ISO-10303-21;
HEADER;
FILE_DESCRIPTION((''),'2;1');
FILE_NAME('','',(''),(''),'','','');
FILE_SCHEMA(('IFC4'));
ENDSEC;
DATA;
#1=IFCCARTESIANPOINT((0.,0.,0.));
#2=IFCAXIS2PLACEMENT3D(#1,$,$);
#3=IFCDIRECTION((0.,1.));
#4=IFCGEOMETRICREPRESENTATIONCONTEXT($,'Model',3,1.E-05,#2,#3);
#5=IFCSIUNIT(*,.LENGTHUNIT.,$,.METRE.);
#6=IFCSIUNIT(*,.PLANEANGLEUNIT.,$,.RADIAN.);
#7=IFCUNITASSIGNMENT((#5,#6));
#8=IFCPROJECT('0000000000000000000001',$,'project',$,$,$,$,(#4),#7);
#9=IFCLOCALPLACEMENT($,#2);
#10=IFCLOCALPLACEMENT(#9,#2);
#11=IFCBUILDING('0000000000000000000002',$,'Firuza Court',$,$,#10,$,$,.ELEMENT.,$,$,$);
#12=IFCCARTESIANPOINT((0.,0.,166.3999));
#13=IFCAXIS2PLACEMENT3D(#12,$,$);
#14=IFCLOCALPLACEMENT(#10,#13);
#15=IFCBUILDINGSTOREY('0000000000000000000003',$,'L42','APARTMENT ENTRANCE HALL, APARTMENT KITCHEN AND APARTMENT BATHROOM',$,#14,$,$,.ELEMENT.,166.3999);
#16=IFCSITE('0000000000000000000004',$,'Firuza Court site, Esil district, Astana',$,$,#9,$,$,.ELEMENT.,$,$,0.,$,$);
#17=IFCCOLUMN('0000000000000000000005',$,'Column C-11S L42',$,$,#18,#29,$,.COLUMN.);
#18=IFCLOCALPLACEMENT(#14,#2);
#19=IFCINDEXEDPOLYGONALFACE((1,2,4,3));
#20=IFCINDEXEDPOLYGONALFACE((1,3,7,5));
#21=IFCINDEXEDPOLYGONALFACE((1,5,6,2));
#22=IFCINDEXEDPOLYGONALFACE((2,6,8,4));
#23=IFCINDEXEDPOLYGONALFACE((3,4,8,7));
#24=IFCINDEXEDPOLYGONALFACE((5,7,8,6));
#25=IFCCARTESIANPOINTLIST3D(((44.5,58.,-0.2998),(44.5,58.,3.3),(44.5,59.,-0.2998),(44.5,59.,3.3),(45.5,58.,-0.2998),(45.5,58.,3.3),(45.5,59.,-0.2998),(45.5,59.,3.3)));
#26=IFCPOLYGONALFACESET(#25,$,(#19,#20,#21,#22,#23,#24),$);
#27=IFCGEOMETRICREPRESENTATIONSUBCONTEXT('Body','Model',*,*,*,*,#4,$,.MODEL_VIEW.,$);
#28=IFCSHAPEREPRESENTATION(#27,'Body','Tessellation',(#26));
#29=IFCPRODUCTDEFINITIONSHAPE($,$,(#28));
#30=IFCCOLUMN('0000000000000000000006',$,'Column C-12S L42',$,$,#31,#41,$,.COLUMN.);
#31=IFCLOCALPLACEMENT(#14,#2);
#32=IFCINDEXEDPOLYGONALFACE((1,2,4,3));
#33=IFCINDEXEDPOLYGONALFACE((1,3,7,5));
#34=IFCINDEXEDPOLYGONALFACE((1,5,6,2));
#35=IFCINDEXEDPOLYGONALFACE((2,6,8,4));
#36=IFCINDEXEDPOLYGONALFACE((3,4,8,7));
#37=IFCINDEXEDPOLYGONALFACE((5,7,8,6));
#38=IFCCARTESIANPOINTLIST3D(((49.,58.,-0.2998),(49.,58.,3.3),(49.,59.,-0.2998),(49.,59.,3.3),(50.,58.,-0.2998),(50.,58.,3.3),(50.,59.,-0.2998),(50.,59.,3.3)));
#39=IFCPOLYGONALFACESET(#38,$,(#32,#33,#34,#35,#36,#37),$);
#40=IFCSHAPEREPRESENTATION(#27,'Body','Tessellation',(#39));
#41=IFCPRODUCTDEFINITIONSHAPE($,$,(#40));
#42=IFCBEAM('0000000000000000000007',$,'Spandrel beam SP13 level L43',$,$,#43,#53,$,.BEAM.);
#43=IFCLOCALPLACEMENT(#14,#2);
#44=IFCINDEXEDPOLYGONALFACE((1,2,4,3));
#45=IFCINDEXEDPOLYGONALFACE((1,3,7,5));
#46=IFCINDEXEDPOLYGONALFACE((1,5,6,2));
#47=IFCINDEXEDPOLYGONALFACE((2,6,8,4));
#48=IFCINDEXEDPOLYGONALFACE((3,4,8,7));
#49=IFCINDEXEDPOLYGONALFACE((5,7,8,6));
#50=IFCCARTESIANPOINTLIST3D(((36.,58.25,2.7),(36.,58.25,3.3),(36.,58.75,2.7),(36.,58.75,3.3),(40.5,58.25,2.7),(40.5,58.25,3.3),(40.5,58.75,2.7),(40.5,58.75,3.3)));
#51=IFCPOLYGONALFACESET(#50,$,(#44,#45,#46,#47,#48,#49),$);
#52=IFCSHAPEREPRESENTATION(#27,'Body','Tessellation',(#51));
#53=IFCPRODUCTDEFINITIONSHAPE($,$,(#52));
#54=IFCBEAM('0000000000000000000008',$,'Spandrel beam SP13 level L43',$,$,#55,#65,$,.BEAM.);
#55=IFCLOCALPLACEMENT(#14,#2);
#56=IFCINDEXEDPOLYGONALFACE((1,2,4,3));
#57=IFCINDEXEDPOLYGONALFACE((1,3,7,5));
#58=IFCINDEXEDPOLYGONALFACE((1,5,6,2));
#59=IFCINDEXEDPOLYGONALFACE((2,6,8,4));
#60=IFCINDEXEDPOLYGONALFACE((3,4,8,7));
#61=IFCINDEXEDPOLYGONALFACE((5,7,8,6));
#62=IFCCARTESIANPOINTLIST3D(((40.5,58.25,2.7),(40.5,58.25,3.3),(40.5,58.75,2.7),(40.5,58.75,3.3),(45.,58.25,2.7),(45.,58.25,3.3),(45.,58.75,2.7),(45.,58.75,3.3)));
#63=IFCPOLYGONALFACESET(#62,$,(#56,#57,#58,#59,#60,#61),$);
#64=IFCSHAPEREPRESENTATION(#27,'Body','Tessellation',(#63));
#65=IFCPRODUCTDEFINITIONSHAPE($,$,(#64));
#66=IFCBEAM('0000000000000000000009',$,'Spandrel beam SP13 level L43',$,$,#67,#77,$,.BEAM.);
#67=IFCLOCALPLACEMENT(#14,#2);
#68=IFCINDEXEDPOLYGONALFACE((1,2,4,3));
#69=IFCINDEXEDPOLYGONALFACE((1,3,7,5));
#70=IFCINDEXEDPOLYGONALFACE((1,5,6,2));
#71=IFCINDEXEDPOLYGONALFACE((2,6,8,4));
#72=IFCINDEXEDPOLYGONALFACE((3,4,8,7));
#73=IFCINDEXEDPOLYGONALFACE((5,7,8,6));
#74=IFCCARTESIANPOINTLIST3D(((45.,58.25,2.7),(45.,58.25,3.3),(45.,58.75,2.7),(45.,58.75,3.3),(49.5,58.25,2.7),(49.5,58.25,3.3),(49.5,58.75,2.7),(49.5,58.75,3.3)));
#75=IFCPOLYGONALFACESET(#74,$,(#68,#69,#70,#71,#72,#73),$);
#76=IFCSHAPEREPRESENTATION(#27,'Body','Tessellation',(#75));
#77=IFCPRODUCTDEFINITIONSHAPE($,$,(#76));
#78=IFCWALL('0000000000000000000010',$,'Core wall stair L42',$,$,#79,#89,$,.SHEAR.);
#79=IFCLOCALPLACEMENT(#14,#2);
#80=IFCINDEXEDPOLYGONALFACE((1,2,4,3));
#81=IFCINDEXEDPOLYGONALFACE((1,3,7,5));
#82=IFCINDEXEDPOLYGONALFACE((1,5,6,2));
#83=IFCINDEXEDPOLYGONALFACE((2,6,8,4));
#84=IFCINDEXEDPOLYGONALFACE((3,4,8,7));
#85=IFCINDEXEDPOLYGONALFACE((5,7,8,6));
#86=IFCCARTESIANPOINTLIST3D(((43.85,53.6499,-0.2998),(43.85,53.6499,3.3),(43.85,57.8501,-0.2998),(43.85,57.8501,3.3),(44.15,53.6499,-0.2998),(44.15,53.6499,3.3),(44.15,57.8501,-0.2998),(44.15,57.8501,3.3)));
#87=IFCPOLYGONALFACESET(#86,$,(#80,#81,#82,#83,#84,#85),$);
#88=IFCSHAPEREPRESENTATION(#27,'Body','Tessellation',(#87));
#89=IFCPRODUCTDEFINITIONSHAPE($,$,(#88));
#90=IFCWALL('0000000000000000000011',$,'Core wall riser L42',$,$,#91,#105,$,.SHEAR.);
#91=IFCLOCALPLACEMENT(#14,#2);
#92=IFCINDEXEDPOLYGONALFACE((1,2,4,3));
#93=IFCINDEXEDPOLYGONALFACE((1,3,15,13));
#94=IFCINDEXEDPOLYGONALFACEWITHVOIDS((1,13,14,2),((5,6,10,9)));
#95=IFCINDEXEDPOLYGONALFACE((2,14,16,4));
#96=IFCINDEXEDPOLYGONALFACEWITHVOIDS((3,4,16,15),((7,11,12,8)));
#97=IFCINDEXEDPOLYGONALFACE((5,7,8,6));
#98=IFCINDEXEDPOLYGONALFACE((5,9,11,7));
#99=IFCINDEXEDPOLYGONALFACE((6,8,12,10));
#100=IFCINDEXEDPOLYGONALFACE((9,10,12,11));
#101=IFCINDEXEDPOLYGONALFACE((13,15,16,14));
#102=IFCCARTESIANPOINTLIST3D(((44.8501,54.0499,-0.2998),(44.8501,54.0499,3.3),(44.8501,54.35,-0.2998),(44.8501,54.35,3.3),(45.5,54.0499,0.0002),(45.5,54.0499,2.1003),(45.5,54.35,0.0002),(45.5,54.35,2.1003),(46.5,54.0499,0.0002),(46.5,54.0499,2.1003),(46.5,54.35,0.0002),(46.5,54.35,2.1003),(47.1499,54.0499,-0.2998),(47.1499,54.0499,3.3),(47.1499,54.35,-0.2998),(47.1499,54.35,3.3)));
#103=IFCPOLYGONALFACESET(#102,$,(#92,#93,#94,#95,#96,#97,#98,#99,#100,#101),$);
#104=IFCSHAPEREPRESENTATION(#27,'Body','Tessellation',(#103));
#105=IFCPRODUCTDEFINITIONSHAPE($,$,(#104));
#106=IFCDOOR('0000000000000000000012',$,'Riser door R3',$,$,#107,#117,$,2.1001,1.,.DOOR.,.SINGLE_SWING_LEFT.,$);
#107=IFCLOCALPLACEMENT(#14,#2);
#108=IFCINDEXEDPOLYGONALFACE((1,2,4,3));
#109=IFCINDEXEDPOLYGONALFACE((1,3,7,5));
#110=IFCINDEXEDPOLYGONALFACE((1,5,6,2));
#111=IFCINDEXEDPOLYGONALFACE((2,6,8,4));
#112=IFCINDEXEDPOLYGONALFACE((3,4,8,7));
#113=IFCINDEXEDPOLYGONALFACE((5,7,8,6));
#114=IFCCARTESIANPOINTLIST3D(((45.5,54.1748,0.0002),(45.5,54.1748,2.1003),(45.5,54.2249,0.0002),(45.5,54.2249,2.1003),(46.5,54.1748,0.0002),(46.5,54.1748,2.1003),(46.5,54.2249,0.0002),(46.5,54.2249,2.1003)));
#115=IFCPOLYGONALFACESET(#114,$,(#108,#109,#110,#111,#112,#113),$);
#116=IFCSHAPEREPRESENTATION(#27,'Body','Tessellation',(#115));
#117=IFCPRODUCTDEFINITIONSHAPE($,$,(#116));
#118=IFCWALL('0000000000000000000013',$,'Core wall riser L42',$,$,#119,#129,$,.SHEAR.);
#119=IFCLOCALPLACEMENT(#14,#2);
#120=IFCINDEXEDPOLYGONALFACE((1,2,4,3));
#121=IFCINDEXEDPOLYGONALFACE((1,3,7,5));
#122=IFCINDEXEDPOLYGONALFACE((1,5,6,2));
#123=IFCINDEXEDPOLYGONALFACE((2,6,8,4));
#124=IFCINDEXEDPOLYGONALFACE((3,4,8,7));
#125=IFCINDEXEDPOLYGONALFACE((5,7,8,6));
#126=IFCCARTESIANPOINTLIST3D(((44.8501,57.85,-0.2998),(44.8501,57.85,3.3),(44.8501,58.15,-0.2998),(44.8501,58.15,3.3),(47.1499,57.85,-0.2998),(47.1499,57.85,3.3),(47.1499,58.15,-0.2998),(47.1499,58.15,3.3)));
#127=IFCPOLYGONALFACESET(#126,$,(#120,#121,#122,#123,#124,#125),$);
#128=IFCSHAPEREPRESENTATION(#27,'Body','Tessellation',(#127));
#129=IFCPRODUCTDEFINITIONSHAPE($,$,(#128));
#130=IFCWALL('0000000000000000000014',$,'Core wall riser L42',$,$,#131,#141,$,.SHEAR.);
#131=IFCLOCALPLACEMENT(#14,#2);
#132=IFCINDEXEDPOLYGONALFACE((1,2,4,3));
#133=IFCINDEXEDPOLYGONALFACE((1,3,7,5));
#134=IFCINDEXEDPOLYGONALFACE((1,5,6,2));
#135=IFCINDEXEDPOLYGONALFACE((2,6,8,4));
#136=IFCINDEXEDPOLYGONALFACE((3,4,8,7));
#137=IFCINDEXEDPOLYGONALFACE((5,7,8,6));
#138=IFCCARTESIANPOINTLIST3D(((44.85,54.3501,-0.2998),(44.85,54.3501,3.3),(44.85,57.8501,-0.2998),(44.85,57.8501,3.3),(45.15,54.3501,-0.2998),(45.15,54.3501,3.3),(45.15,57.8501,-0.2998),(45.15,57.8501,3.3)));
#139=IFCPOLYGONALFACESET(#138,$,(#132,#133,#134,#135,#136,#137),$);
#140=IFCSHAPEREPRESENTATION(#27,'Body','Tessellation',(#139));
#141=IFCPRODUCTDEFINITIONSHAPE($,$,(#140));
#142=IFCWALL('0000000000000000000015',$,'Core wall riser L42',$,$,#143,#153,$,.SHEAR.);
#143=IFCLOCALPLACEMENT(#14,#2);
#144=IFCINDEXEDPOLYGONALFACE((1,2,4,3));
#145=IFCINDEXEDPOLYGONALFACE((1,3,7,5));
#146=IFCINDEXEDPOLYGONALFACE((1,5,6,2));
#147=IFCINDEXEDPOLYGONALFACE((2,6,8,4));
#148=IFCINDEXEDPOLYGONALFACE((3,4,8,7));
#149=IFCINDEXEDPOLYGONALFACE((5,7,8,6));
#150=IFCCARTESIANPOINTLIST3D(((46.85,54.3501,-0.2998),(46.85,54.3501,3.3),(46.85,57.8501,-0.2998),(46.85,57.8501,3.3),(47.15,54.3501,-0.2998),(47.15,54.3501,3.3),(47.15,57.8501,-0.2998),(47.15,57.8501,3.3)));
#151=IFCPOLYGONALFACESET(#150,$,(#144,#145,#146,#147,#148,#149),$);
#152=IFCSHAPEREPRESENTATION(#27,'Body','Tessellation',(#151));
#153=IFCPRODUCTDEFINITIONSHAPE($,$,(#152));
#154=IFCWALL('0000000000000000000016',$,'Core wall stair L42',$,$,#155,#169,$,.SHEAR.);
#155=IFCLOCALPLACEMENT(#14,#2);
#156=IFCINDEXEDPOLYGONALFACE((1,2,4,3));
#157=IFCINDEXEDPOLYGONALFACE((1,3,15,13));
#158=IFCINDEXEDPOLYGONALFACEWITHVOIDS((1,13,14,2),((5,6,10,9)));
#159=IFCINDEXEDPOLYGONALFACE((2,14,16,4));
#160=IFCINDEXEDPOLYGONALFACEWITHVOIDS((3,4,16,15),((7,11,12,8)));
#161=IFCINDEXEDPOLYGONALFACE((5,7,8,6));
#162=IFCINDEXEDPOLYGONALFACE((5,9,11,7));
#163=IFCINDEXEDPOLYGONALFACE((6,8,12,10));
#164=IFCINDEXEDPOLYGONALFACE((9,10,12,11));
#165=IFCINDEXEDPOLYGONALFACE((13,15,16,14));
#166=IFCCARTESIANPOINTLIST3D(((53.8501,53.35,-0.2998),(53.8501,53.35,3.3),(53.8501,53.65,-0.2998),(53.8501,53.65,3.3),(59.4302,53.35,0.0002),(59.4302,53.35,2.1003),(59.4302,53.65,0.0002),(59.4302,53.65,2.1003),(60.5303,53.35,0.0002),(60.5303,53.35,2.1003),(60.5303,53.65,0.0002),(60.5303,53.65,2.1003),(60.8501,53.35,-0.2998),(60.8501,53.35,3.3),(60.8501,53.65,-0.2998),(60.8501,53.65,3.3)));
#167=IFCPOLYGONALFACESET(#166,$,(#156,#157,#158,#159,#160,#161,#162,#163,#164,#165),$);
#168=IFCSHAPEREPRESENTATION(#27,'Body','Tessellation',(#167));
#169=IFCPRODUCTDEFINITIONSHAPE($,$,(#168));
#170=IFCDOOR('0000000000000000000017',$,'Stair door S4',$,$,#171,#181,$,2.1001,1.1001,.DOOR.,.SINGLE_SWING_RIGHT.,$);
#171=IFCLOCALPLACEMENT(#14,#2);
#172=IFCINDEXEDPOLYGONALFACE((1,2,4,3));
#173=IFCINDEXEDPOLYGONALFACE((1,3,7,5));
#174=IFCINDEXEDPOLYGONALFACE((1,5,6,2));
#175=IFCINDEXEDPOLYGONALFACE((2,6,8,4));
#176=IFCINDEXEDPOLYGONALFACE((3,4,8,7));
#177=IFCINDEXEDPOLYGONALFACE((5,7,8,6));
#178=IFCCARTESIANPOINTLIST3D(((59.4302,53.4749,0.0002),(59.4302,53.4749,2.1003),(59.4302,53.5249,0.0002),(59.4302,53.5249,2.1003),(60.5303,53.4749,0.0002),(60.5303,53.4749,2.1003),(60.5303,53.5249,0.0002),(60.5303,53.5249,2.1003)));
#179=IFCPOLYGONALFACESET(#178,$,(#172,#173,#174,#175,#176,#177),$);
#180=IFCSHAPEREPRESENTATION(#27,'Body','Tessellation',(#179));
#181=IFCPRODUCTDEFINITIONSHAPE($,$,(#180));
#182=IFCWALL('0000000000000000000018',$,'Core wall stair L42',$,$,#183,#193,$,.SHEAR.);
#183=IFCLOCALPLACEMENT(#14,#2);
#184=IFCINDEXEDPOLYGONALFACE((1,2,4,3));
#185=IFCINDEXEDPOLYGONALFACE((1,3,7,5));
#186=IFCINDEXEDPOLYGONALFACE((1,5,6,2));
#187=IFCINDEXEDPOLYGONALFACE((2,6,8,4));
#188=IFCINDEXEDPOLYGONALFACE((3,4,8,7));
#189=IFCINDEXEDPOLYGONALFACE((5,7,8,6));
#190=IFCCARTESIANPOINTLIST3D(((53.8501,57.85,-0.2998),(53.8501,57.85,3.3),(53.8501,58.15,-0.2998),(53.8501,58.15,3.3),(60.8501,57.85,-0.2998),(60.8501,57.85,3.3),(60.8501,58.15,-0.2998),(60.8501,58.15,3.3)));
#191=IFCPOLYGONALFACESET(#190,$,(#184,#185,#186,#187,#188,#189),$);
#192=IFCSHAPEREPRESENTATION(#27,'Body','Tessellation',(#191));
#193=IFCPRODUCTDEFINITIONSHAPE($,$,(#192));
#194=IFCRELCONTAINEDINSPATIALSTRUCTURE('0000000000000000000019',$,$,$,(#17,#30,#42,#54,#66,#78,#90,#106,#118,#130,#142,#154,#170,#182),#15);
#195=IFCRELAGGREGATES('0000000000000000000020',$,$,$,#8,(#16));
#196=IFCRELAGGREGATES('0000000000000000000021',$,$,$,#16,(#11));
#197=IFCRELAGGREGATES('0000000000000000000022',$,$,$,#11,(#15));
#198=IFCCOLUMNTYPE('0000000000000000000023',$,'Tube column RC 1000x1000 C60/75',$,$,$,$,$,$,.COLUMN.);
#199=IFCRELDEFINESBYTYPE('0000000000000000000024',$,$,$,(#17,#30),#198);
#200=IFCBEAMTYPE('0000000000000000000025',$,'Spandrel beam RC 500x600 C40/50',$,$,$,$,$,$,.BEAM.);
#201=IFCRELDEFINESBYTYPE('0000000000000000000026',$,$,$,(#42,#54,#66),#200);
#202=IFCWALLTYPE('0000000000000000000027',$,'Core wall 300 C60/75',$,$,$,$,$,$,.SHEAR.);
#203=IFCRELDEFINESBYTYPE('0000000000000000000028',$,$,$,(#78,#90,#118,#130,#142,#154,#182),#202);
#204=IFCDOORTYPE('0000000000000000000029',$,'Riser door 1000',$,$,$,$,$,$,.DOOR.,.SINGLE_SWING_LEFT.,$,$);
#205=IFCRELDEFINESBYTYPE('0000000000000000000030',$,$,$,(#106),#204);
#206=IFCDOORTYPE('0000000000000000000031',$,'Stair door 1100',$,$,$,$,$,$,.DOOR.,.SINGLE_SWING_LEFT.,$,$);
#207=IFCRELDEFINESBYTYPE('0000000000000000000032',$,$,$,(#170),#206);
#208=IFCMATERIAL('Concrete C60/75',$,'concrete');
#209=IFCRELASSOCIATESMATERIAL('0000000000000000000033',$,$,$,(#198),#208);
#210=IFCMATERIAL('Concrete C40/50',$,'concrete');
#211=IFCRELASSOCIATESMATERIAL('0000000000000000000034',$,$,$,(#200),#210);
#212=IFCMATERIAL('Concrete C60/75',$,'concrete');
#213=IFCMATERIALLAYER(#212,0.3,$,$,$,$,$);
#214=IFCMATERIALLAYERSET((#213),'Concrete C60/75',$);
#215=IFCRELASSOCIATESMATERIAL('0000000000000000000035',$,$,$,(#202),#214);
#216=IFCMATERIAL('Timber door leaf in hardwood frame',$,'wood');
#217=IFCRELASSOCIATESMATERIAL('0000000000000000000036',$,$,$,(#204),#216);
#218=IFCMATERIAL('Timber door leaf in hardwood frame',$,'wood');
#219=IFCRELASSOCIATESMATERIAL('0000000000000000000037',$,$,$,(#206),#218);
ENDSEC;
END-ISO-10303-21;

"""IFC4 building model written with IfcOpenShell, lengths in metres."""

from ifc_helpers import new_model, si_unit, direction, frame, frame_2d, origin, origin_2d, place, context, subcontext, project, spatial, rectangle, extrude, material, layer, layer_set, material_profile, profile_set, type_object, element, fill, save


model = new_model("IFC4")

# Units and contexts
model_context = context("Model", 3, precision=1e-05, world=origin(), true_north=direction((0.0, 1.0)))
body_context = subcontext(model_context, "Body", "Model", "MODEL_VIEW")
ifc_project = project(units=[si_unit("LENGTHUNIT", "METRE"), si_unit("PLANEANGLEUNIT", "RADIAN")], contexts=[model_context])

# Site, building, storey
site_placement = place(None, origin())
site = spatial("IfcSite", under=ifc_project, at=site_placement, Name="Firuza Court site, Esil district, Astana", CompositionType="ELEMENT", RefElevation=0.0)
building_placement = place(site_placement, origin())
building = spatial("IfcBuilding", under=site, at=building_placement, Name="Firuza Court", CompositionType="ELEMENT")
storey_placement = place(building_placement, frame((0.0, 0.0, 166.3999)))
storey = spatial("IfcBuildingStorey", under=building, at=storey_placement, Name="L42", Description="APARTMENT ENTRANCE HALL, APARTMENT KITCHEN AND APARTMENT BATHROOM", CompositionType="ELEMENT", Elevation=166.3999)

# Columns
ifc_material_1 = material(Name="Concrete C60/75", Category="concrete")
ifc_material_profile_1 = material_profile(ifc_material_1, rectangle(XDim=1.0, YDim=1.0, at=origin_2d()), Name="RC 1000x1000")
ifc_profile_set_1 = profile_set([ifc_material_profile_1], Name="Concrete C60/75")
column_type = type_object("IfcColumnType", Name="Tube column RC 1000x1000 C60/75", PredefinedType="COLUMN", material=ifc_profile_set_1)
for number, where, z_axis, x_axis, name in (
    (1, (45.0, 58.5, -0.2998), (0.0, 0.0, 1.0), (1.0, 0.0, 0.0), "Column C-11S L42"),
    (2, (49.5, 58.5, -0.2998), (0.0, 0.0, 1.0), (1.0, 0.0, 0.0), "Column C-12S L42"),
):
    element("IfcColumn", number, at=place(storey_placement, frame(where, z_axis=z_axis, x_axis=x_axis)), inside=storey, type_object=column_type, Name=name, PredefinedType="COLUMN", context=body_context, shape_type="SweptSolid", body=[
        extrude(rectangle(XDim=1.0, YDim=1.0, at=origin_2d()), origin(), (0.0, 0.0, 1.0), 3.5999),
    ])

# Beams
ifc_material_2 = material(Name="Concrete C40/50", Category="concrete")
ifc_material_profile_2 = material_profile(ifc_material_2, rectangle(XDim=0.5, YDim=0.6001, at=origin_2d()), Name="RC 500x600")
ifc_profile_set_2 = profile_set([ifc_material_profile_2], Name="Concrete C40/50")
beam_type = type_object("IfcBeamType", Name="Spandrel beam RC 500x600 C40/50", PredefinedType="BEAM", material=ifc_profile_set_2)
for number, where, z_axis, x_axis, name in (
    (3, (40.5, 58.5, 3.0), (-1.0, 0.0, 0.0), (0.0, -1.0, 0.0), "Spandrel beam SP13 level L43"),
    (4, (45.0, 58.5, 3.0), (-1.0, 0.0, 0.0), (0.0, -1.0, 0.0), "Spandrel beam SP13 level L43"),
    (5, (49.5, 58.5, 3.0), (-1.0, 0.0, 0.0), (0.0, -1.0, 0.0), "Spandrel beam SP13 level L43"),
):
    element("IfcBeam", number, at=place(storey_placement, frame(where, z_axis=z_axis, x_axis=x_axis)), inside=storey, type_object=beam_type, Name=name, PredefinedType="BEAM", context=body_context, shape_type="SweptSolid", body=[
        extrude(rectangle(XDim=0.5, YDim=0.6001, at=origin_2d()), origin(), (0.0, 0.0, 1.0), 4.5),
    ])

# Wall
ifc_material_3 = material(Name="Concrete C60/75", Category="concrete")
ifc_layer_1 = layer(ifc_material_3, 0.3)
ifc_layer_set_1 = layer_set([ifc_layer_1], Name="Concrete C60/75")
wall_type_1 = type_object("IfcWallType", Name="Core wall 300 C60/75", PredefinedType="SHEAR", material=ifc_layer_set_1)
wall_1_placement = place(storey_placement, frame((44.0, 53.6499, -0.2998), z_axis=(0.0, 0.0, 1.0), x_axis=(0.0, 1.0, 0.0)))
element("IfcWall", 6, at=wall_1_placement, inside=storey, type_object=wall_type_1, Name="Core wall stair L42", PredefinedType="SHEAR", context=body_context, shape_type="SweptSolid", body=[
    extrude(rectangle(XDim=4.2002, YDim=0.3, at=frame_2d((2.1001, 0.0))), origin(), (0.0, 0.0, 1.0), 3.5999),
])

# Wall, opening, door
wall_2_placement = place(storey_placement, frame((44.8501, 54.2, -0.2998), z_axis=(0.0, 0.0, 1.0), x_axis=(1.0, 0.0, 0.0)))
wall_2 = element("IfcWall", 7, at=wall_2_placement, inside=storey, type_object=wall_type_1, Name="Core wall riser L42", PredefinedType="SHEAR", context=body_context, shape_type="SweptSolid", body=[
    extrude(rectangle(XDim=2.2998, YDim=0.3, at=frame_2d((1.1499, 0.0))), origin(), (0.0, 0.0, 1.0), 3.5999),
])
opening_1_placement = place(wall_2_placement, frame((0.6499, 0.0, 0.3)))
opening_1 = element("IfcOpeningElement", 8, at=opening_1_placement, cuts=wall_2, PredefinedType="OPENING", context=body_context, shape_type="SweptSolid", body=[
    extrude(rectangle(XDim=1.0, YDim=2.1001, at=frame_2d((0.5, 1.05))), frame((0.0, 0.1621, 0.0), z_axis=(0.0, -1.0, 0.0), x_axis=(1.0, 0.0, 0.0)), (0.0, 0.0, 1.0), 0.324),
])
ifc_material_4 = material(Name="Timber door leaf in hardwood frame", Category="wood")
door_type_1 = type_object("IfcDoorType", Name="Riser door 1000", OperationType="SINGLE_SWING_LEFT", PredefinedType="DOOR", material=ifc_material_4)
door_1_placement = place(opening_1_placement, origin())
door_1 = element("IfcDoor", 9, at=door_1_placement, inside=storey, type_object=door_type_1, Name="Riser door R3", OperationType="SINGLE_SWING_LEFT", OverallHeight=2.1001, OverallWidth=1.0, PredefinedType="DOOR", context=body_context, shape_type="SweptSolid", body=[
    extrude(rectangle(XDim=1.0, YDim=2.1001, at=frame_2d((0.5, 1.05))), frame((0.0, 0.0249, 0.0), z_axis=(0.0, -1.0, 0.0), x_axis=(1.0, 0.0, 0.0)), (0.0, 0.0, 1.0), 0.05),
])
fill(opening_1, door_1)

# Walls
wall_3_placement = place(storey_placement, frame((44.8501, 58.0, -0.2998), z_axis=(0.0, 0.0, 1.0), x_axis=(1.0, 0.0, 0.0)))
element("IfcWall", 10, at=wall_3_placement, inside=storey, type_object=wall_type_1, Name="Core wall riser L42", PredefinedType="SHEAR", context=body_context, shape_type="SweptSolid", body=[
    extrude(rectangle(XDim=2.2998, YDim=0.3, at=frame_2d((1.1499, 0.0))), origin(), (0.0, 0.0, 1.0), 3.5999),
])
for number, where, z_axis, x_axis, name in (
    (11, (45.0, 54.3501, -0.2998), (0.0, 0.0, 1.0), (0.0, 1.0, 0.0), "Core wall riser L42"),
    (12, (47.0, 54.3501, -0.2998), (0.0, 0.0, 1.0), (0.0, 1.0, 0.0), "Core wall riser L42"),
):
    element("IfcWall", number, at=place(storey_placement, frame(where, z_axis=z_axis, x_axis=x_axis)), inside=storey, type_object=wall_type_1, Name=name, PredefinedType="SHEAR", context=body_context, shape_type="SweptSolid", body=[
        extrude(rectangle(XDim=3.5, YDim=0.3, at=frame_2d((1.75, 0.0))), origin(), (0.0, 0.0, 1.0), 3.5999),
    ])

# Wall, opening, door
wall_4_placement = place(storey_placement, frame((53.8501, 53.5, -0.2998), z_axis=(0.0, 0.0, 1.0), x_axis=(1.0, 0.0, 0.0)))
wall_4 = element("IfcWall", 13, at=wall_4_placement, inside=storey, type_object=wall_type_1, Name="Core wall stair L42", PredefinedType="SHEAR", context=body_context, shape_type="SweptSolid", body=[
    extrude(rectangle(XDim=7.0, YDim=0.3, at=frame_2d((3.5, 0.0))), origin(), (0.0, 0.0, 1.0), 3.5999),
])
opening_2_placement = place(wall_4_placement, frame((5.5801, 0.0, 0.3)))
opening_2 = element("IfcOpeningElement", 14, at=opening_2_placement, cuts=wall_4, PredefinedType="OPENING", context=body_context, shape_type="SweptSolid", body=[
    extrude(rectangle(XDim=1.1001, YDim=2.1001, at=frame_2d((0.55, 1.05))), frame((0.0, 0.1621, 0.0), z_axis=(0.0, -1.0, 0.0), x_axis=(1.0, 0.0, 0.0)), (0.0, 0.0, 1.0), 0.324),
])
ifc_material_5 = material(Name="Timber door leaf in hardwood frame", Category="wood")
door_type_2 = type_object("IfcDoorType", Name="Stair door 1100", OperationType="SINGLE_SWING_LEFT", PredefinedType="DOOR", material=ifc_material_5)
door_2_placement = place(opening_2_placement, origin())
door_2 = element("IfcDoor", 15, at=door_2_placement, inside=storey, type_object=door_type_2, Name="Stair door S4", OperationType="SINGLE_SWING_RIGHT", OverallHeight=2.1001, OverallWidth=1.1001, PredefinedType="DOOR", context=body_context, shape_type="SweptSolid", body=[
    extrude(rectangle(XDim=1.1001, YDim=2.1001, at=frame_2d((0.55, 1.05))), frame((0.0, 0.0249, 0.0), z_axis=(0.0, -1.0, 0.0), x_axis=(1.0, 0.0, 0.0)), (0.0, 0.0, 1.0), 0.05),
])
fill(opening_2, door_2)

# Wall
wall_5_placement = place(storey_placement, frame((53.8501, 58.0, -0.2998), z_axis=(0.0, 0.0, 1.0), x_axis=(1.0, 0.0, 0.0)))
element("IfcWall", 16, at=wall_5_placement, inside=storey, type_object=wall_type_1, Name="Core wall stair L42", PredefinedType="SHEAR", context=body_context, shape_type="SweptSolid", body=[
    extrude(rectangle(XDim=7.0, YDim=0.3, at=frame_2d((3.5, 0.0))), origin(), (0.0, 0.0, 1.0), 3.5999),
])

save(model, "model.ifc")
